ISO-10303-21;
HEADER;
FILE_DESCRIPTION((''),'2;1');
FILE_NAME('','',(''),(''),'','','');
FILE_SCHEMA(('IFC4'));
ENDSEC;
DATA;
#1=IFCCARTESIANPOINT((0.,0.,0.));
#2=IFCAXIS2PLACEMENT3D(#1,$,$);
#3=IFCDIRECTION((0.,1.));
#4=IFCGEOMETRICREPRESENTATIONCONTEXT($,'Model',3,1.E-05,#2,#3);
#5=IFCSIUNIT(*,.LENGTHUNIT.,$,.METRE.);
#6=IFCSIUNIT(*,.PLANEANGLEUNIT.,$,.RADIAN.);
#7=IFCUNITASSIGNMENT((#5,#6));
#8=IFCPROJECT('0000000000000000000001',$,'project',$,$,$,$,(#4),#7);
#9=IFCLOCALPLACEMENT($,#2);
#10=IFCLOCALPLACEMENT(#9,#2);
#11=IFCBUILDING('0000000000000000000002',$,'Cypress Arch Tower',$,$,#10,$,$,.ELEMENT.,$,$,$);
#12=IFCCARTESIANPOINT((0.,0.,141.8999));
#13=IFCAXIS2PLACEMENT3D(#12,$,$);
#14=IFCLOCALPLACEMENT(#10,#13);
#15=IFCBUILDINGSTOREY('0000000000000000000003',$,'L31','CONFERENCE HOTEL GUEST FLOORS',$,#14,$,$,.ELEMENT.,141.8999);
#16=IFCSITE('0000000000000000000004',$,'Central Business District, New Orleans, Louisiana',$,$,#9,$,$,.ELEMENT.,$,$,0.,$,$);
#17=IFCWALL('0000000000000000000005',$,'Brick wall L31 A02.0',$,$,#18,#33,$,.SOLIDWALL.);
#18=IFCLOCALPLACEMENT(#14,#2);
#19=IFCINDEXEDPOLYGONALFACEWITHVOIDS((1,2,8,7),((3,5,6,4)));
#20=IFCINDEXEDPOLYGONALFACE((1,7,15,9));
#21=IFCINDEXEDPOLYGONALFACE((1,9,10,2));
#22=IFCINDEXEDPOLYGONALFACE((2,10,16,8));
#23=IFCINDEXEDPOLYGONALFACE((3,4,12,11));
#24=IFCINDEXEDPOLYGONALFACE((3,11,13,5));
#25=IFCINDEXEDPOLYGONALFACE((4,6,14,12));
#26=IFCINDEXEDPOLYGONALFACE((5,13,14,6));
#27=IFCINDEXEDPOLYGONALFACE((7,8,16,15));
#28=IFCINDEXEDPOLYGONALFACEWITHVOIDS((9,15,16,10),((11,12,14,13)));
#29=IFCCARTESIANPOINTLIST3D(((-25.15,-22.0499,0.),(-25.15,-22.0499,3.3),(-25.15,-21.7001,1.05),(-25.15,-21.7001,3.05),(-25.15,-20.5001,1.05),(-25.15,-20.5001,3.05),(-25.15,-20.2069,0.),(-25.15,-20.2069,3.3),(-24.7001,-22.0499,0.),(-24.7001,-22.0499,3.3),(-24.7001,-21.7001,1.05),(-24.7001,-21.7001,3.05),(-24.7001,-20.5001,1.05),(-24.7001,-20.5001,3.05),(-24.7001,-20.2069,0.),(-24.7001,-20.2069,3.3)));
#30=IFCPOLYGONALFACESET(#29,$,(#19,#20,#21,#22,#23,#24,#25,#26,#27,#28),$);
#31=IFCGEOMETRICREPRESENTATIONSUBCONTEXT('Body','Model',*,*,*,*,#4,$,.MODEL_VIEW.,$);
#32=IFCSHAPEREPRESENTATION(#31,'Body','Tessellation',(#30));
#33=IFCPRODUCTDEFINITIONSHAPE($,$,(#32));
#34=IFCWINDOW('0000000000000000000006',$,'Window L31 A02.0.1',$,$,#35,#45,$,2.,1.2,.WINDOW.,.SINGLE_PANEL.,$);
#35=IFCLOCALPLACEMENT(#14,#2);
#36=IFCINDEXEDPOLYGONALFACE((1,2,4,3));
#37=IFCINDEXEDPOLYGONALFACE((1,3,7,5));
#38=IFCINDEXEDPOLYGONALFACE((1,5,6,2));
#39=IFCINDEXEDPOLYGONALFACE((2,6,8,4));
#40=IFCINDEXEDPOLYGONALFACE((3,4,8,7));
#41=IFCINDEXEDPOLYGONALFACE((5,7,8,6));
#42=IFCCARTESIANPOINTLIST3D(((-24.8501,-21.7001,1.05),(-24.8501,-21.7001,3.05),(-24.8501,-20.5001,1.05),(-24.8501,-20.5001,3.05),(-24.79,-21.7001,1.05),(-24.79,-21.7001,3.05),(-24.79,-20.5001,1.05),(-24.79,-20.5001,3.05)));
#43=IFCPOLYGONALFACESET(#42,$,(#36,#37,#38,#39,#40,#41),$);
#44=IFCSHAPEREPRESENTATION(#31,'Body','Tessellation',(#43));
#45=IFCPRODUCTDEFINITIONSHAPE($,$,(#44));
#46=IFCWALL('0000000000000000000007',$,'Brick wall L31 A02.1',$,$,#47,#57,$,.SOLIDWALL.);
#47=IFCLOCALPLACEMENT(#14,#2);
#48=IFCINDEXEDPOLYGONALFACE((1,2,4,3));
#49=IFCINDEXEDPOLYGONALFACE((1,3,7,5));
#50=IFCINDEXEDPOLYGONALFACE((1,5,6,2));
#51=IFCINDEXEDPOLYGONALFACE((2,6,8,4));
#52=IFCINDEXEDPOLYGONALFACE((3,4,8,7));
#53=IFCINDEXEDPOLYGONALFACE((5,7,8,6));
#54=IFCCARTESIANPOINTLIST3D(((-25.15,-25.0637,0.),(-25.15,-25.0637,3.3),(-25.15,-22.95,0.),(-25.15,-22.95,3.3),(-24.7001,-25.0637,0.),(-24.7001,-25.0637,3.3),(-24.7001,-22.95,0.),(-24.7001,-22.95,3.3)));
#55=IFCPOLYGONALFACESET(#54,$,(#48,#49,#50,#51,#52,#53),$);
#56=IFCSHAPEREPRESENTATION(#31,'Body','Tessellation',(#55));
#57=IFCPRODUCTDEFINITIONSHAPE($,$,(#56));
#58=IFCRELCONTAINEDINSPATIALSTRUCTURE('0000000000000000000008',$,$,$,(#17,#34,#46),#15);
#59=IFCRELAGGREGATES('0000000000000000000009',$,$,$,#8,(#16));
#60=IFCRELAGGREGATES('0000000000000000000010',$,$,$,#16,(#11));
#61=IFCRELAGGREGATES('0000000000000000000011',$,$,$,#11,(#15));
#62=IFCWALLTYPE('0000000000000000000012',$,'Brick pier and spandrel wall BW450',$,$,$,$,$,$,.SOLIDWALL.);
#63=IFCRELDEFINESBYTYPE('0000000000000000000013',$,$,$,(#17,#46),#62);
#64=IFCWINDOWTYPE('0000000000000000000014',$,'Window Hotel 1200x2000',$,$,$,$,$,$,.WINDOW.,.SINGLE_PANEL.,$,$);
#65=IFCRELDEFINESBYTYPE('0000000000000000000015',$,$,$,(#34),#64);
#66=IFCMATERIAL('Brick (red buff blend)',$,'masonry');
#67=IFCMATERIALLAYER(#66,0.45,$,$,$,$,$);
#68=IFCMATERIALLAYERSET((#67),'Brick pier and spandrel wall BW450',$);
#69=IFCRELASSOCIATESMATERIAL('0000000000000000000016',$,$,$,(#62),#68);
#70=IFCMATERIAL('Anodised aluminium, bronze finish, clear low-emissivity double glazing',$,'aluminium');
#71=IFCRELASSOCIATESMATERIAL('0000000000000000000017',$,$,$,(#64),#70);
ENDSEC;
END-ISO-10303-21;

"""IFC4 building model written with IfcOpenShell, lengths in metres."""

from ifc_helpers import new_model, si_unit, direction, frame, frame_2d, origin, place, context, subcontext, project, spatial, rectangle, extrude, material, layer, layer_set, type_object, element, fill, save


model = new_model("IFC4")

# Units and contexts
model_context = context("Model", 3, precision=1e-05, world=origin(), true_north=direction((0.0, 1.0)))
body_context = subcontext(model_context, "Body", "Model", "MODEL_VIEW")
ifc_project = project(units=[si_unit("LENGTHUNIT", "METRE"), si_unit("PLANEANGLEUNIT", "RADIAN")], contexts=[model_context])

# Site, building, storey
site_placement = place(None, origin())
site = spatial("IfcSite", under=ifc_project, at=site_placement, Name="Central Business District, New Orleans, Louisiana", CompositionType="ELEMENT", RefElevation=0.0)
building_placement = place(site_placement, origin())
building = spatial("IfcBuilding", under=site, at=building_placement, Name="Cypress Arch Tower", CompositionType="ELEMENT")
storey_placement = place(building_placement, frame((0.0, 0.0, 141.8999)))
storey = spatial("IfcBuildingStorey", under=building, at=storey_placement, Name="L31", Description="CONFERENCE HOTEL GUEST FLOORS", CompositionType="ELEMENT", Elevation=141.8999)

# Wall, opening, window
ifc_material_1 = material(Name="Brick (red buff blend)", Category="masonry")
ifc_layer_1 = layer(ifc_material_1, 0.45)
ifc_layer_set_1 = layer_set([ifc_layer_1], Name="Brick pier and spandrel wall BW450")
wall_type_1 = type_object("IfcWallType", Name="Brick pier and spandrel wall BW450", PredefinedType="SOLIDWALL", material=ifc_layer_set_1)
wall_1_placement = place(storey_placement, frame((-24.925, -20.207, 0.0), z_axis=(0.0, 0.0, 1.0), x_axis=(0.0, -1.0, 0.0)))
wall_1 = element("IfcWall", 1, at=wall_1_placement, inside=storey, type_object=wall_type_1, Name="Brick wall L31 A02.0", PredefinedType="SOLIDWALL", context=body_context, shape_type="SweptSolid", body=[
    extrude(rectangle(XDim=1.843, YDim=0.45, at=frame_2d((0.9214, 0.0))), origin(), (0.0, 0.0, 1.0), 3.3),
])
opening_1_placement = place(wall_1_placement, frame((0.293, 0.0, 1.05)))
opening_1 = element("IfcOpeningElement", 2, at=opening_1_placement, cuts=wall_1, PredefinedType="OPENING", context=body_context, shape_type="SweptSolid", body=[
    extrude(rectangle(XDim=1.2, YDim=2.0, at=frame_2d((0.6001, 1.0))), frame((0.0, 0.2349, 0.0), z_axis=(0.0, -1.0, 0.0), x_axis=(1.0, 0.0, 0.0)), (0.0, 0.0, 1.0), 0.47),
])
ifc_material_2 = material(Name="Anodised aluminium, bronze finish, clear low-emissivity double glazing", Category="aluminium")
window_type_1 = type_object("IfcWindowType", Name="Window Hotel 1200x2000", PartitioningType="SINGLE_PANEL", PredefinedType="WINDOW", material=ifc_material_2)
window_1_placement = place(opening_1_placement, origin())
window_1 = element("IfcWindow", 3, at=window_1_placement, inside=storey, type_object=window_type_1, Name="Window L31 A02.0.1", OverallHeight=2.0, OverallWidth=1.2, PartitioningType="SINGLE_PANEL", PredefinedType="WINDOW", context=body_context, shape_type="SweptSolid", body=[
    extrude(rectangle(XDim=1.2, YDim=2.0, at=frame_2d((0.6001, 1.0))), frame((0.0, 0.135, 0.0), z_axis=(0.0, -1.0, 0.0), x_axis=(1.0, 0.0, 0.0)), (0.0, 0.0, 1.0), 0.0601),
])
fill(opening_1, window_1)

# Wall
wall_2_placement = place(storey_placement, frame((-24.925, -22.95, 0.0), z_axis=(0.0, 0.0, 1.0), x_axis=(0.0, -1.0, 0.0)))
element("IfcWall", 4, at=wall_2_placement, inside=storey, type_object=wall_type_1, Name="Brick wall L31 A02.1", PredefinedType="SOLIDWALL", context=body_context, shape_type="SweptSolid", body=[
    extrude(rectangle(XDim=2.1138, YDim=0.45, at=frame_2d((1.0569, 0.0))), origin(), (0.0, 0.0, 1.0), 3.3),
])

save(model, "model.ifc")
